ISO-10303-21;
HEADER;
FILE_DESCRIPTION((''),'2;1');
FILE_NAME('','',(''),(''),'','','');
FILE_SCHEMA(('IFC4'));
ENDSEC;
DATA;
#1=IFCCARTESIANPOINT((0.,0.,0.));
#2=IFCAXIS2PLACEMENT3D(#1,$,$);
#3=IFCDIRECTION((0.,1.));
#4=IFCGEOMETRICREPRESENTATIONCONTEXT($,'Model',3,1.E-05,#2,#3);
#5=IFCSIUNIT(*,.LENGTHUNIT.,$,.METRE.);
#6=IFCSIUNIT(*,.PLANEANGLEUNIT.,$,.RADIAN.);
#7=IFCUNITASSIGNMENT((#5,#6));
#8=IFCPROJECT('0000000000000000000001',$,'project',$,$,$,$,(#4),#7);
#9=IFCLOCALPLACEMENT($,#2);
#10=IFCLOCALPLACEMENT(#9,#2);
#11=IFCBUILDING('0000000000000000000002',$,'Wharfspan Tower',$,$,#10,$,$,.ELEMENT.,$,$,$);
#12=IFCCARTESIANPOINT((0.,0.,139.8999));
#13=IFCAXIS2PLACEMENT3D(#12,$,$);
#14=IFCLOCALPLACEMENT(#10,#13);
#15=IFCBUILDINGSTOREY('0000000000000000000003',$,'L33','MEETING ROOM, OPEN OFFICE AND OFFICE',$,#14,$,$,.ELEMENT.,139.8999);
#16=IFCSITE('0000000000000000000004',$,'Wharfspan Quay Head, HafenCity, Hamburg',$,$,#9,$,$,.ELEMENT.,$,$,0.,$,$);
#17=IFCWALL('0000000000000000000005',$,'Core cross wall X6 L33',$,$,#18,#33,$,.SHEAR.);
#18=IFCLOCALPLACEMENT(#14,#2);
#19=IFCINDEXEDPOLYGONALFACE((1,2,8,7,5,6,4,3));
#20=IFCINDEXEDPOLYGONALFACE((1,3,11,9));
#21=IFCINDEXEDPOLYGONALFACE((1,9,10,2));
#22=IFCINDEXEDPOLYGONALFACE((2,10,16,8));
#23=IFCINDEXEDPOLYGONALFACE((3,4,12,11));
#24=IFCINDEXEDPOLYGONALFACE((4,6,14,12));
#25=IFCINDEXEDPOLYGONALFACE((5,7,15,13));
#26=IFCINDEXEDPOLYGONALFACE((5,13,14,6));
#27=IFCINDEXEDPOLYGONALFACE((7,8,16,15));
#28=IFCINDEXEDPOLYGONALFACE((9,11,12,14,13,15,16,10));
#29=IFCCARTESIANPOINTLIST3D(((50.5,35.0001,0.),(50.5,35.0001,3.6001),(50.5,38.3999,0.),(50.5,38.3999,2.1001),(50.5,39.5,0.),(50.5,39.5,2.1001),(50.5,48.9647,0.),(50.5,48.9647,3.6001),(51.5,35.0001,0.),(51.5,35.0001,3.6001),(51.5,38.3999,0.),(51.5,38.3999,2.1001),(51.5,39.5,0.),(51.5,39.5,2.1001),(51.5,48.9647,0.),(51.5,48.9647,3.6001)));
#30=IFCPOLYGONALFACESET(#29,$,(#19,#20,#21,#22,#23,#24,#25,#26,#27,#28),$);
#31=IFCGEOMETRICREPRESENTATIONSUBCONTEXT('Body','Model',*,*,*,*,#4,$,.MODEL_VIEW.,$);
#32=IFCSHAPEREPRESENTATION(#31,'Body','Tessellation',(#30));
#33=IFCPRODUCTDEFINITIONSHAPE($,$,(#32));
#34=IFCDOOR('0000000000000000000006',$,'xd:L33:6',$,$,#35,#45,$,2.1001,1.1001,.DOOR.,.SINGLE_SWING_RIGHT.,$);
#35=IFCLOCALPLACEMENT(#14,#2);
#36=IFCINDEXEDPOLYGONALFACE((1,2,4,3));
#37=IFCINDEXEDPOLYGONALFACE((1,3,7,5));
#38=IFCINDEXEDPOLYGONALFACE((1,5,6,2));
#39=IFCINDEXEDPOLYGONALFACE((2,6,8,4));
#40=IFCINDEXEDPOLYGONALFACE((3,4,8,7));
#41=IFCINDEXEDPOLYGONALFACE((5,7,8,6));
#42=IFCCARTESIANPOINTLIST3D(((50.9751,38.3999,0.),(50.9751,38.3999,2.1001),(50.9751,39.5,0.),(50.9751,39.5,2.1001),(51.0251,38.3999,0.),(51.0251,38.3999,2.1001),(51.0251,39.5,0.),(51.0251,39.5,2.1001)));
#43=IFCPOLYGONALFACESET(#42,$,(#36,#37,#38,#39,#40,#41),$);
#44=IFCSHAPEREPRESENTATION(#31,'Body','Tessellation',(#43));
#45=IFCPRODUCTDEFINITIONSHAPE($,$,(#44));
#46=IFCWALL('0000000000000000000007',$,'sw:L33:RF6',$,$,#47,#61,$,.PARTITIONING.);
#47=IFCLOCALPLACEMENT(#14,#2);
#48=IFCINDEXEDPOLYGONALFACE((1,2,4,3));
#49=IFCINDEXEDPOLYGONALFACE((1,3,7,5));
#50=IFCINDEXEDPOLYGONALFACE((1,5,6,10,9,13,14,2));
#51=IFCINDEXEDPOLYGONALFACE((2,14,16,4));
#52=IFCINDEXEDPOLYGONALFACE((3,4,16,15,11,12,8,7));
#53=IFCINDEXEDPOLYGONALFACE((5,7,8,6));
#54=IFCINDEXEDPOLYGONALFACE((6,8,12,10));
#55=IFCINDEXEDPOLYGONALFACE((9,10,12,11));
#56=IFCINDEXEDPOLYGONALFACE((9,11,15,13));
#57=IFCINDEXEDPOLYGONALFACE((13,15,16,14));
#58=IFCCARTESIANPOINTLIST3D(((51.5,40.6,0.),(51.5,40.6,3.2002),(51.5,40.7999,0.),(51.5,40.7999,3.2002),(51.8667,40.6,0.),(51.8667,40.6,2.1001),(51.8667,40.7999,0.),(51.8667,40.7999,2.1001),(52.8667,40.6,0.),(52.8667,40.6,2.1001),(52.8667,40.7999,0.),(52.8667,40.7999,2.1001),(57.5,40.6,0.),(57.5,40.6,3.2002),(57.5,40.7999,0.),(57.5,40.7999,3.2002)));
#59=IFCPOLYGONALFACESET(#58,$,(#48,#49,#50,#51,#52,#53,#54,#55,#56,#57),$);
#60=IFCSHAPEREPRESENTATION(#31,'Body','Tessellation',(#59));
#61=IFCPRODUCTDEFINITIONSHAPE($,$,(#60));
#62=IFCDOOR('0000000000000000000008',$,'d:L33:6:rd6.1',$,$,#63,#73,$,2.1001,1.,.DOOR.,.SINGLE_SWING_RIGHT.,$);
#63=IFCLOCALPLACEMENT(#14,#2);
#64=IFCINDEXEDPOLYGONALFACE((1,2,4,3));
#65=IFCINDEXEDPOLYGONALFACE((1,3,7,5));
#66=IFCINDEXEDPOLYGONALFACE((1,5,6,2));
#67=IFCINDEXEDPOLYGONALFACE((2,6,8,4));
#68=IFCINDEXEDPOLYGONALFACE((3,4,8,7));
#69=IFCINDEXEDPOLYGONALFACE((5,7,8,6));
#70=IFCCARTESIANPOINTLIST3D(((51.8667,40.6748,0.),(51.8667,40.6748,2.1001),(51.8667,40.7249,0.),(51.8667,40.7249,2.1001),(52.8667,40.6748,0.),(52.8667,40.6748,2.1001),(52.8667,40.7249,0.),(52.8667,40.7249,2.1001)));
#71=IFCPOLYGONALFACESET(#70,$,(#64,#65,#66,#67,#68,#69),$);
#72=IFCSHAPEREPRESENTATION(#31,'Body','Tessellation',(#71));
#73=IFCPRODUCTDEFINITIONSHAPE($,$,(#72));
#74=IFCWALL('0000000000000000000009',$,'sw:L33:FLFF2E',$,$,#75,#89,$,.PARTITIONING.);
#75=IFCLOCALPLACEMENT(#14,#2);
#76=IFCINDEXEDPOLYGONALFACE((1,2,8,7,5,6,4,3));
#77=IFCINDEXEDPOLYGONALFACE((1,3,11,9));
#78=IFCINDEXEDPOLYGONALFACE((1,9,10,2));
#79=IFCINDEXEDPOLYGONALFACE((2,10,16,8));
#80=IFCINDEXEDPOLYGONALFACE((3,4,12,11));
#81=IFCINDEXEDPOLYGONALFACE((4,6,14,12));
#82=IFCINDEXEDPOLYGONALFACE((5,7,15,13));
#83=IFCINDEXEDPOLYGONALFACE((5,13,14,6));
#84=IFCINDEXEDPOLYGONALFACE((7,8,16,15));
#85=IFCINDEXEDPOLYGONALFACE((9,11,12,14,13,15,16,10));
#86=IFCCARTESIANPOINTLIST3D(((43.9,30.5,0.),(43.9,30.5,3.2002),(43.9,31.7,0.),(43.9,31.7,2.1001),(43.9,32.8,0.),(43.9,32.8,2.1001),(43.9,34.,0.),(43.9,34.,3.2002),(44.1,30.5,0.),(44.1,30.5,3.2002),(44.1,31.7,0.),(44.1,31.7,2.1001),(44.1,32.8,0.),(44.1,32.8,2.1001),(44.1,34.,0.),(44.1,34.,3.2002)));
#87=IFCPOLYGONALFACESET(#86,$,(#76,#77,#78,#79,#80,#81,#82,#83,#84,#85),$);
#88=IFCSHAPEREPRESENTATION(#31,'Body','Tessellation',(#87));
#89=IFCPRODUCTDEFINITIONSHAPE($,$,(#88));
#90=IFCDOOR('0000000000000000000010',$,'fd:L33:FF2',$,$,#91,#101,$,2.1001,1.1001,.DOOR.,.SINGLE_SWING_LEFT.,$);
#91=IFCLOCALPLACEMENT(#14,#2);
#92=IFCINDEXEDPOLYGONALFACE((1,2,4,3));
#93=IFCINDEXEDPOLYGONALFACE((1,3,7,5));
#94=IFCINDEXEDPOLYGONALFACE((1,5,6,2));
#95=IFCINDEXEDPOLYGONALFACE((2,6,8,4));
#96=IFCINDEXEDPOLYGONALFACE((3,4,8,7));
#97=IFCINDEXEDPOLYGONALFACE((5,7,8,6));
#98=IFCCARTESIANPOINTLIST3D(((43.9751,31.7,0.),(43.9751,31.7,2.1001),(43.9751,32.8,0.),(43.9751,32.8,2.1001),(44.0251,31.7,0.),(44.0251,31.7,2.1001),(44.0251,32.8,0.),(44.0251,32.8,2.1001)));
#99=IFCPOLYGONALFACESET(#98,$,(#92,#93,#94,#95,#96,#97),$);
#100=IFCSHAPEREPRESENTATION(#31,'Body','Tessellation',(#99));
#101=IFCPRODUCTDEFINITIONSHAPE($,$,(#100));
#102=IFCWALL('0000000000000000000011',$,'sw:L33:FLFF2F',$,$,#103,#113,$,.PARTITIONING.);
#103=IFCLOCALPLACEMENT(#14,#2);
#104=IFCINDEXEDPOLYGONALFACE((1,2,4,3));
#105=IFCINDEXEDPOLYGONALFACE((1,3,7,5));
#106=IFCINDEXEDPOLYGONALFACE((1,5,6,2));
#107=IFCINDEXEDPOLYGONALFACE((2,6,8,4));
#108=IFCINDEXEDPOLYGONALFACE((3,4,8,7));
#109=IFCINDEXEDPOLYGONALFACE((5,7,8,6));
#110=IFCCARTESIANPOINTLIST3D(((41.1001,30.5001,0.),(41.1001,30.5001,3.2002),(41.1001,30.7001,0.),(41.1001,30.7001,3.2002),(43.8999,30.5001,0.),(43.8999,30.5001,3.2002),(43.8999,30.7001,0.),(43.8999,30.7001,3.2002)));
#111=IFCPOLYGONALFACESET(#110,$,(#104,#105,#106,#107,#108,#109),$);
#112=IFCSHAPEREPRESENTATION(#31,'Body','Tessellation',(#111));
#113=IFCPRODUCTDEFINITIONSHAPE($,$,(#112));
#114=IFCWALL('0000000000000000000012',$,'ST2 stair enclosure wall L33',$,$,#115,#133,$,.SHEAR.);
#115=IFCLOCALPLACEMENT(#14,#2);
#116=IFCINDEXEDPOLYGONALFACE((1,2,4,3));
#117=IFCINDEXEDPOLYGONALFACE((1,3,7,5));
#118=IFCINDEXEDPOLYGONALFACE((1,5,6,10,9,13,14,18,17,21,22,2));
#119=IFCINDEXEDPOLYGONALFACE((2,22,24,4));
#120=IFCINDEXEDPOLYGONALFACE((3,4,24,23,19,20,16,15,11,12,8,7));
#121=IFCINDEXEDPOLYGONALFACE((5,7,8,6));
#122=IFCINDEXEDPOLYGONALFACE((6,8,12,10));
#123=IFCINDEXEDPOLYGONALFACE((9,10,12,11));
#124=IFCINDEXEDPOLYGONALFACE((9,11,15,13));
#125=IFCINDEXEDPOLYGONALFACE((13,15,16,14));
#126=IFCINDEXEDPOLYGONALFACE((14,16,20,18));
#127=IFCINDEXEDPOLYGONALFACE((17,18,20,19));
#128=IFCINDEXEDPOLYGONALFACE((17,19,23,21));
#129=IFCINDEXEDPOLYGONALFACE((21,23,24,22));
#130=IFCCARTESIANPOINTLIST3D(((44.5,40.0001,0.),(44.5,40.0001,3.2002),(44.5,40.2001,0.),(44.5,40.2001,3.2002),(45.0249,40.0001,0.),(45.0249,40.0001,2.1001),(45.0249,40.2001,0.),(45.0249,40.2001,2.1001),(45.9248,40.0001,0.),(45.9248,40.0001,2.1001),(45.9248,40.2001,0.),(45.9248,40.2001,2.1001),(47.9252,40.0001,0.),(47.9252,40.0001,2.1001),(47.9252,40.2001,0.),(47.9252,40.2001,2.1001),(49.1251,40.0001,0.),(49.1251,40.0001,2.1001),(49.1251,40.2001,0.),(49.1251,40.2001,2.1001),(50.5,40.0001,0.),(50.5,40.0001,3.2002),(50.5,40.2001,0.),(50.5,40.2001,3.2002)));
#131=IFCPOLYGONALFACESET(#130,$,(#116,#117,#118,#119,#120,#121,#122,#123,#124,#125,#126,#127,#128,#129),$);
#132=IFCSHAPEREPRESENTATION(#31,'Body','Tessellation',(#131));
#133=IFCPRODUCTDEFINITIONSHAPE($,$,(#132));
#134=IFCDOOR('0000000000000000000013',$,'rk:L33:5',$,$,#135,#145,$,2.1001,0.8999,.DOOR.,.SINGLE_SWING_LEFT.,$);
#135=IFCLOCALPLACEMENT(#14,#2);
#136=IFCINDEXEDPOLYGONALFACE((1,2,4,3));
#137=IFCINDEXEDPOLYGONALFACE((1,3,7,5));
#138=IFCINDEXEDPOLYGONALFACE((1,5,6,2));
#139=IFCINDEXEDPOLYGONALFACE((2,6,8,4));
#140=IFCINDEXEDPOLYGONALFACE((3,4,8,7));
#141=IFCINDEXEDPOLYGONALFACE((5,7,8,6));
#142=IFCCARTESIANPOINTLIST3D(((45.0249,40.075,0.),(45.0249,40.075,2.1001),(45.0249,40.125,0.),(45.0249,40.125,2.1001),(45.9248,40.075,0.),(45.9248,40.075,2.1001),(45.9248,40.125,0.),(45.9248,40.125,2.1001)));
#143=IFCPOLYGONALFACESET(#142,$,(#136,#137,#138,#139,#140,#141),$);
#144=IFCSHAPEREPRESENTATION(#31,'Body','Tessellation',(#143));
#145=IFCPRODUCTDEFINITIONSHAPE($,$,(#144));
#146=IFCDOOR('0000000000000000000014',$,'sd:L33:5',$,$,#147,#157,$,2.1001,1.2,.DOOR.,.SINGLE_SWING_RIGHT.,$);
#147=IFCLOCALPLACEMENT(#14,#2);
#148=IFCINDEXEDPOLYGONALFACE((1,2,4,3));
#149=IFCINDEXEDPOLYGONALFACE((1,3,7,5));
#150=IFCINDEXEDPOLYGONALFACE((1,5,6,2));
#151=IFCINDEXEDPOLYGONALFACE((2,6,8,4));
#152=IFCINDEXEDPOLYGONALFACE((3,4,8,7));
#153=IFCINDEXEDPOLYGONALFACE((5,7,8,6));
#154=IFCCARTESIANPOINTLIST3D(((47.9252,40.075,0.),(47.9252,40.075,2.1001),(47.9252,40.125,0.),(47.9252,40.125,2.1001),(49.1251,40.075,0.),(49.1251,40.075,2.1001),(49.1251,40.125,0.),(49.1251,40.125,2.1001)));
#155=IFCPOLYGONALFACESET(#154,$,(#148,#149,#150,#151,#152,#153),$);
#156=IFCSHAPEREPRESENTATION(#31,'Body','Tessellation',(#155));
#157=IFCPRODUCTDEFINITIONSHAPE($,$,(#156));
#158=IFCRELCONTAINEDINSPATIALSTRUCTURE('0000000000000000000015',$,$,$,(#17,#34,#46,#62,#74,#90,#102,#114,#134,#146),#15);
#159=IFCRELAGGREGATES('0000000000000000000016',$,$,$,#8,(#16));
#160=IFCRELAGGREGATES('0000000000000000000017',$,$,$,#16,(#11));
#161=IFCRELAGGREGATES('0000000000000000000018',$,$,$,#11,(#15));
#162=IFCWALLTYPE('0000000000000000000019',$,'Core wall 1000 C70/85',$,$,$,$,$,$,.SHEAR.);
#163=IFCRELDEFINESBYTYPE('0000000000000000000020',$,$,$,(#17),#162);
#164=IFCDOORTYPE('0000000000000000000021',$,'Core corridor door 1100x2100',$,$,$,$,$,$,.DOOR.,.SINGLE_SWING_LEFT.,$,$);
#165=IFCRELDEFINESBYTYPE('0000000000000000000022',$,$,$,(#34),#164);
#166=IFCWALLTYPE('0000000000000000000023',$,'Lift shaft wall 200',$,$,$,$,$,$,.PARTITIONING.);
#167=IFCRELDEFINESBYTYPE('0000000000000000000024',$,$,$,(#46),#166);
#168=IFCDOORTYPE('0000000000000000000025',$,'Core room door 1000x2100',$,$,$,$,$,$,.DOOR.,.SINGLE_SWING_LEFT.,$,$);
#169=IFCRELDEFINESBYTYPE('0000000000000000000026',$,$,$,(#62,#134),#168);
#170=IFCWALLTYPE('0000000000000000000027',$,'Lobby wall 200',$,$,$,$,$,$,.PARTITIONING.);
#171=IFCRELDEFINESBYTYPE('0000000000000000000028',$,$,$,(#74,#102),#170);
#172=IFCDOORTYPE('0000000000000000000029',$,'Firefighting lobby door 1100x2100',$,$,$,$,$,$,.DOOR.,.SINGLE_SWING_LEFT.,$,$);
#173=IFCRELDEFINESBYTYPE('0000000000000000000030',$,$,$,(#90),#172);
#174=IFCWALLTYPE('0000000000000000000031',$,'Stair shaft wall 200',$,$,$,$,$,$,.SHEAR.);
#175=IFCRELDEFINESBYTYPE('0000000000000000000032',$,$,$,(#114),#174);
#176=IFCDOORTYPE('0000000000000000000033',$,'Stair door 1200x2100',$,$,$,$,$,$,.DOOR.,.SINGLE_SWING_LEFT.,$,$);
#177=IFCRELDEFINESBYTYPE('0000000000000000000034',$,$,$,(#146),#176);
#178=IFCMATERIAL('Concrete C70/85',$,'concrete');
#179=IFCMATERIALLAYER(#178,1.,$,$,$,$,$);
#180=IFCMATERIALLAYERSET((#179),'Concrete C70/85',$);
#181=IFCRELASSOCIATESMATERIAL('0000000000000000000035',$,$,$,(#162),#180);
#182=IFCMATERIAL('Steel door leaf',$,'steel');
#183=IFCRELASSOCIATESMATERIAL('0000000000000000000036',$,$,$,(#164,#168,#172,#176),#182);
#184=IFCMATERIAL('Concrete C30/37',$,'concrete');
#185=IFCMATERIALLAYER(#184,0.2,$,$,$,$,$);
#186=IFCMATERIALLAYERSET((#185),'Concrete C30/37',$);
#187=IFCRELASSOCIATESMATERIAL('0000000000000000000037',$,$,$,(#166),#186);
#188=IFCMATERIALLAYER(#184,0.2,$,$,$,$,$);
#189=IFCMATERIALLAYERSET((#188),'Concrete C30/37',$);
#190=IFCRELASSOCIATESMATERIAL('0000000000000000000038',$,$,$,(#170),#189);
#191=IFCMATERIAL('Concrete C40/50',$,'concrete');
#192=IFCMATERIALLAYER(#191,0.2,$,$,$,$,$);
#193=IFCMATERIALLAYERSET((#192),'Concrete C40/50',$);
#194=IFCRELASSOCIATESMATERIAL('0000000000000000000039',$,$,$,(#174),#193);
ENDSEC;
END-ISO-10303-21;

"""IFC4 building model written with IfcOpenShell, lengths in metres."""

from ifc_helpers import new_model, si_unit, direction, frame, frame_2d, origin, place, context, subcontext, project, spatial, rectangle, extrude, material, layer, layer_set, type_object, element, fill, save


model = new_model("IFC4")

# Units and contexts
model_context = context("Model", 3, precision=1e-05, world=origin(), true_north=direction((0.0, 1.0)))
body_context = subcontext(model_context, "Body", "Model", "MODEL_VIEW")
ifc_project = project(units=[si_unit("LENGTHUNIT", "METRE"), si_unit("PLANEANGLEUNIT", "RADIAN")], contexts=[model_context])

# Site, building, storey
site_placement = place(None, origin())
site = spatial("IfcSite", under=ifc_project, at=site_placement, Name="Wharfspan Quay Head, HafenCity, Hamburg", CompositionType="ELEMENT", RefElevation=0.0)
building_placement = place(site_placement, origin())
building = spatial("IfcBuilding", under=site, at=building_placement, Name="Wharfspan Tower", CompositionType="ELEMENT")
storey_placement = place(building_placement, frame((0.0, 0.0, 139.8999)))
storey = spatial("IfcBuildingStorey", under=building, at=storey_placement, Name="L33", Description="MEETING ROOM, OPEN OFFICE AND OFFICE", CompositionType="ELEMENT", Elevation=139.8999)

# Shared definitions
ifc_material_1 = material(Name="Concrete C70/85", Category="concrete")
ifc_layer_1 = layer(ifc_material_1, 1.0)
ifc_layer_set_1 = layer_set([ifc_layer_1], Name="Concrete C70/85")
wall_type_1 = type_object("IfcWallType", Name="Core wall 1000 C70/85", PredefinedType="SHEAR", material=ifc_layer_set_1)
ifc_material_2 = material(Name="Steel door leaf", Category="steel")
door_type_1 = type_object("IfcDoorType", Name="Core corridor door 1100x2100", OperationType="SINGLE_SWING_LEFT", PredefinedType="DOOR", material=ifc_material_2)
door_type_2 = type_object("IfcDoorType", Name="Core room door 1000x2100", OperationType="SINGLE_SWING_LEFT", PredefinedType="DOOR", material=ifc_material_2)

# Walls, openings, doors
wall_1_placement = place(storey_placement, frame((51.0, 35.0, 0.0), z_axis=(0.0, 0.0, 1.0), x_axis=(0.0, 1.0, 0.0)))
wall_1 = element("IfcWall", 1, at=wall_1_placement, inside=storey, type_object=wall_type_1, Name="Core cross wall X6 L33", PredefinedType="SHEAR", context=body_context, shape_type="SweptSolid", body=[
    extrude(rectangle(XDim=13.9646, YDim=1.0, at=frame_2d((6.9824, 0.0))), origin(), (0.0, 0.0, 1.0), 3.6001),
])
opening_1_placement = place(wall_1_placement, frame((3.3999, 0.0, 0.0)))
opening_1 = element("IfcOpeningElement", 2, at=opening_1_placement, cuts=wall_1, PredefinedType="OPENING", context=body_context, shape_type="SweptSolid", body=[
    extrude(rectangle(XDim=1.1001, YDim=2.1001, at=frame_2d((0.55, 1.05))), frame((0.0, 0.51, 0.0), z_axis=(0.0, -1.0, 0.0), x_axis=(1.0, 0.0, 0.0)), (0.0, 0.0, 1.0), 1.02),
])
door_1_placement = place(opening_1_placement, origin())
door_1 = element("IfcDoor", 3, at=door_1_placement, inside=storey, type_object=door_type_1, Name="xd:L33:6", OperationType="SINGLE_SWING_RIGHT", OverallHeight=2.1001, OverallWidth=1.1001, PredefinedType="DOOR", context=body_context, shape_type="SweptSolid", body=[
    extrude(rectangle(XDim=1.1001, YDim=2.1001, at=frame_2d((0.55, 1.05))), frame((0.0, 0.0249, 0.0), z_axis=(0.0, -1.0, 0.0), x_axis=(1.0, 0.0, 0.0)), (0.0, 0.0, 1.0), 0.05),
])
fill(opening_1, door_1)
ifc_material_3 = material(Name="Concrete C30/37", Category="concrete")
ifc_layer_2 = layer(ifc_material_3, 0.2)
ifc_layer_set_2 = layer_set([ifc_layer_2], Name="Concrete C30/37")
wall_type_2 = type_object("IfcWallType", Name="Lift shaft wall 200", PredefinedType="PARTITIONING", material=ifc_layer_set_2)
wall_2_placement = place(storey_placement, frame((51.5, 40.7, 0.0), z_axis=(0.0, 0.0, 1.0), x_axis=(1.0, 0.0, 0.0)))
wall_2 = element("IfcWall", 4, at=wall_2_placement, inside=storey, type_object=wall_type_2, Name="sw:L33:RF6", PredefinedType="PARTITIONING", context=body_context, shape_type="SweptSolid", body=[
    extrude(rectangle(XDim=6.0, YDim=0.2, at=frame_2d((3.0, 0.0))), origin(), (0.0, 0.0, 1.0), 3.2002),
])
opening_2_placement = place(wall_2_placement, frame((0.3667, 0.0, 0.0)))
opening_2 = element("IfcOpeningElement", 5, at=opening_2_placement, cuts=wall_2, PredefinedType="OPENING", context=body_context, shape_type="SweptSolid", body=[
    extrude(rectangle(XDim=1.0, YDim=2.1001, at=frame_2d((0.5, 1.05))), frame((0.0, 0.1099, 0.0), z_axis=(0.0, -1.0, 0.0), x_axis=(1.0, 0.0, 0.0)), (0.0, 0.0, 1.0), 0.22),
])
door_2_placement = place(opening_2_placement, origin())
door_2 = element("IfcDoor", 6, at=door_2_placement, inside=storey, type_object=door_type_2, Name="d:L33:6:rd6.1", OperationType="SINGLE_SWING_RIGHT", OverallHeight=2.1001, OverallWidth=1.0, PredefinedType="DOOR", context=body_context, shape_type="SweptSolid", body=[
    extrude(rectangle(XDim=1.0, YDim=2.1001, at=frame_2d((0.5, 1.05))), frame((0.0, 0.0249, 0.0), z_axis=(0.0, -1.0, 0.0), x_axis=(1.0, 0.0, 0.0)), (0.0, 0.0, 1.0), 0.05),
])
fill(opening_2, door_2)
ifc_layer_3 = layer(ifc_material_3, 0.2)
ifc_layer_set_3 = layer_set([ifc_layer_3], Name="Concrete C30/37")
wall_type_3 = type_object("IfcWallType", Name="Lobby wall 200", PredefinedType="PARTITIONING", material=ifc_layer_set_3)
wall_3_placement = place(storey_placement, frame((44.0, 30.5, 0.0), z_axis=(0.0, 0.0, 1.0), x_axis=(0.0, 1.0, 0.0)))
wall_3 = element("IfcWall", 7, at=wall_3_placement, inside=storey, type_object=wall_type_3, Name="sw:L33:FLFF2E", PredefinedType="PARTITIONING", context=body_context, shape_type="SweptSolid", body=[
    extrude(rectangle(XDim=3.5, YDim=0.2, at=frame_2d((1.75, 0.0))), origin(), (0.0, 0.0, 1.0), 3.2002),
])
opening_3_placement = place(wall_3_placement, frame((1.2, 0.0, 0.0)))
opening_3 = element("IfcOpeningElement", 8, at=opening_3_placement, cuts=wall_3, PredefinedType="OPENING", context=body_context, shape_type="SweptSolid", body=[
    extrude(rectangle(XDim=1.1001, YDim=2.1001, at=frame_2d((0.55, 1.05))), frame((0.0, 0.1099, 0.0), z_axis=(0.0, -1.0, 0.0), x_axis=(1.0, 0.0, 0.0)), (0.0, 0.0, 1.0), 0.22),
])
door_type_3 = type_object("IfcDoorType", Name="Firefighting lobby door 1100x2100", OperationType="SINGLE_SWING_LEFT", PredefinedType="DOOR", material=ifc_material_2)
door_3_placement = place(opening_3_placement, origin())
door_3 = element("IfcDoor", 9, at=door_3_placement, inside=storey, type_object=door_type_3, Name="fd:L33:FF2", OperationType="SINGLE_SWING_LEFT", OverallHeight=2.1001, OverallWidth=1.1001, PredefinedType="DOOR", context=body_context, shape_type="SweptSolid", body=[
    extrude(rectangle(XDim=1.1001, YDim=2.1001, at=frame_2d((0.55, 1.05))), frame((0.0, 0.0249, 0.0), z_axis=(0.0, -1.0, 0.0), x_axis=(1.0, 0.0, 0.0)), (0.0, 0.0, 1.0), 0.05),
])
fill(opening_3, door_3)

# Wall
wall_4_placement = place(storey_placement, frame((41.1001, 30.6001, 0.0), z_axis=(0.0, 0.0, 1.0), x_axis=(1.0, 0.0, 0.0)))
element("IfcWall", 10, at=wall_4_placement, inside=storey, type_object=wall_type_3, Name="sw:L33:FLFF2F", PredefinedType="PARTITIONING", context=body_context, shape_type="SweptSolid", body=[
    extrude(rectangle(XDim=2.7998, YDim=0.2, at=frame_2d((1.3999, 0.0))), origin(), (0.0, 0.0, 1.0), 3.2002),
])

# Wall, openings, doors
ifc_material_4 = material(Name="Concrete C40/50", Category="concrete")
ifc_layer_4 = layer(ifc_material_4, 0.2)
ifc_layer_set_4 = layer_set([ifc_layer_4], Name="Concrete C40/50")
wall_type_4 = type_object("IfcWallType", Name="Stair shaft wall 200", PredefinedType="SHEAR", material=ifc_layer_set_4)
wall_5_placement = place(storey_placement, frame((44.5, 40.1001, 0.0), z_axis=(0.0, 0.0, 1.0), x_axis=(1.0, 0.0, 0.0)))
wall_5 = element("IfcWall", 11, at=wall_5_placement, inside=storey, type_object=wall_type_4, Name="ST2 stair enclosure wall L33", PredefinedType="SHEAR", context=body_context, shape_type="SweptSolid", body=[
    extrude(rectangle(XDim=6.0, YDim=0.2, at=frame_2d((3.0, 0.0))), origin(), (0.0, 0.0, 1.0), 3.2002),
])
opening_4_placement = place(wall_5_placement, frame((3.425, 0.0, 0.0)))
opening_4 = element("IfcOpeningElement", 12, at=opening_4_placement, cuts=wall_5, PredefinedType="OPENING", context=body_context, shape_type="SweptSolid", body=[
    extrude(rectangle(XDim=1.2, YDim=2.1001, at=frame_2d((0.6001, 1.05))), frame((0.0, 0.1099, 0.0), z_axis=(0.0, -1.0, 0.0), x_axis=(1.0, 0.0, 0.0)), (0.0, 0.0, 1.0), 0.22),
])
opening_5_placement = place(wall_5_placement, frame((0.5249, 0.0, 0.0)))
opening_5 = element("IfcOpeningElement", 13, at=opening_5_placement, cuts=wall_5, PredefinedType="OPENING", context=body_context, shape_type="SweptSolid", body=[
    extrude(rectangle(XDim=0.8999, YDim=2.1001, at=frame_2d((0.45, 1.05))), frame((0.0, 0.1099, 0.0), z_axis=(0.0, -1.0, 0.0), x_axis=(1.0, 0.0, 0.0)), (0.0, 0.0, 1.0), 0.22),
])
door_4_placement = place(opening_5_placement, origin())
door_4 = element("IfcDoor", 14, at=door_4_placement, inside=storey, type_object=door_type_2, Name="rk:L33:5", OperationType="SINGLE_SWING_LEFT", OverallHeight=2.1001, OverallWidth=0.8999, PredefinedType="DOOR", context=body_context, shape_type="SweptSolid", body=[
    extrude(rectangle(XDim=0.8999, YDim=2.1001, at=frame_2d((0.45, 1.05))), frame((0.0, 0.0249, 0.0), z_axis=(0.0, -1.0, 0.0), x_axis=(1.0, 0.0, 0.0)), (0.0, 0.0, 1.0), 0.05),
])
fill(opening_5, door_4)
door_type_4 = type_object("IfcDoorType", Name="Stair door 1200x2100", OperationType="SINGLE_SWING_LEFT", PredefinedType="DOOR", material=ifc_material_2)
door_5_placement = place(opening_4_placement, origin())
door_5 = element("IfcDoor", 15, at=door_5_placement, inside=storey, type_object=door_type_4, Name="sd:L33:5", OperationType="SINGLE_SWING_RIGHT", OverallHeight=2.1001, OverallWidth=1.2, PredefinedType="DOOR", context=body_context, shape_type="SweptSolid", body=[
    extrude(rectangle(XDim=1.2, YDim=2.1001, at=frame_2d((0.6001, 1.05))), frame((0.0, 0.0249, 0.0), z_axis=(0.0, -1.0, 0.0), x_axis=(1.0, 0.0, 0.0)), (0.0, 0.0, 1.0), 0.05),
])
fill(opening_4, door_5)

save(model, "model.ifc")
